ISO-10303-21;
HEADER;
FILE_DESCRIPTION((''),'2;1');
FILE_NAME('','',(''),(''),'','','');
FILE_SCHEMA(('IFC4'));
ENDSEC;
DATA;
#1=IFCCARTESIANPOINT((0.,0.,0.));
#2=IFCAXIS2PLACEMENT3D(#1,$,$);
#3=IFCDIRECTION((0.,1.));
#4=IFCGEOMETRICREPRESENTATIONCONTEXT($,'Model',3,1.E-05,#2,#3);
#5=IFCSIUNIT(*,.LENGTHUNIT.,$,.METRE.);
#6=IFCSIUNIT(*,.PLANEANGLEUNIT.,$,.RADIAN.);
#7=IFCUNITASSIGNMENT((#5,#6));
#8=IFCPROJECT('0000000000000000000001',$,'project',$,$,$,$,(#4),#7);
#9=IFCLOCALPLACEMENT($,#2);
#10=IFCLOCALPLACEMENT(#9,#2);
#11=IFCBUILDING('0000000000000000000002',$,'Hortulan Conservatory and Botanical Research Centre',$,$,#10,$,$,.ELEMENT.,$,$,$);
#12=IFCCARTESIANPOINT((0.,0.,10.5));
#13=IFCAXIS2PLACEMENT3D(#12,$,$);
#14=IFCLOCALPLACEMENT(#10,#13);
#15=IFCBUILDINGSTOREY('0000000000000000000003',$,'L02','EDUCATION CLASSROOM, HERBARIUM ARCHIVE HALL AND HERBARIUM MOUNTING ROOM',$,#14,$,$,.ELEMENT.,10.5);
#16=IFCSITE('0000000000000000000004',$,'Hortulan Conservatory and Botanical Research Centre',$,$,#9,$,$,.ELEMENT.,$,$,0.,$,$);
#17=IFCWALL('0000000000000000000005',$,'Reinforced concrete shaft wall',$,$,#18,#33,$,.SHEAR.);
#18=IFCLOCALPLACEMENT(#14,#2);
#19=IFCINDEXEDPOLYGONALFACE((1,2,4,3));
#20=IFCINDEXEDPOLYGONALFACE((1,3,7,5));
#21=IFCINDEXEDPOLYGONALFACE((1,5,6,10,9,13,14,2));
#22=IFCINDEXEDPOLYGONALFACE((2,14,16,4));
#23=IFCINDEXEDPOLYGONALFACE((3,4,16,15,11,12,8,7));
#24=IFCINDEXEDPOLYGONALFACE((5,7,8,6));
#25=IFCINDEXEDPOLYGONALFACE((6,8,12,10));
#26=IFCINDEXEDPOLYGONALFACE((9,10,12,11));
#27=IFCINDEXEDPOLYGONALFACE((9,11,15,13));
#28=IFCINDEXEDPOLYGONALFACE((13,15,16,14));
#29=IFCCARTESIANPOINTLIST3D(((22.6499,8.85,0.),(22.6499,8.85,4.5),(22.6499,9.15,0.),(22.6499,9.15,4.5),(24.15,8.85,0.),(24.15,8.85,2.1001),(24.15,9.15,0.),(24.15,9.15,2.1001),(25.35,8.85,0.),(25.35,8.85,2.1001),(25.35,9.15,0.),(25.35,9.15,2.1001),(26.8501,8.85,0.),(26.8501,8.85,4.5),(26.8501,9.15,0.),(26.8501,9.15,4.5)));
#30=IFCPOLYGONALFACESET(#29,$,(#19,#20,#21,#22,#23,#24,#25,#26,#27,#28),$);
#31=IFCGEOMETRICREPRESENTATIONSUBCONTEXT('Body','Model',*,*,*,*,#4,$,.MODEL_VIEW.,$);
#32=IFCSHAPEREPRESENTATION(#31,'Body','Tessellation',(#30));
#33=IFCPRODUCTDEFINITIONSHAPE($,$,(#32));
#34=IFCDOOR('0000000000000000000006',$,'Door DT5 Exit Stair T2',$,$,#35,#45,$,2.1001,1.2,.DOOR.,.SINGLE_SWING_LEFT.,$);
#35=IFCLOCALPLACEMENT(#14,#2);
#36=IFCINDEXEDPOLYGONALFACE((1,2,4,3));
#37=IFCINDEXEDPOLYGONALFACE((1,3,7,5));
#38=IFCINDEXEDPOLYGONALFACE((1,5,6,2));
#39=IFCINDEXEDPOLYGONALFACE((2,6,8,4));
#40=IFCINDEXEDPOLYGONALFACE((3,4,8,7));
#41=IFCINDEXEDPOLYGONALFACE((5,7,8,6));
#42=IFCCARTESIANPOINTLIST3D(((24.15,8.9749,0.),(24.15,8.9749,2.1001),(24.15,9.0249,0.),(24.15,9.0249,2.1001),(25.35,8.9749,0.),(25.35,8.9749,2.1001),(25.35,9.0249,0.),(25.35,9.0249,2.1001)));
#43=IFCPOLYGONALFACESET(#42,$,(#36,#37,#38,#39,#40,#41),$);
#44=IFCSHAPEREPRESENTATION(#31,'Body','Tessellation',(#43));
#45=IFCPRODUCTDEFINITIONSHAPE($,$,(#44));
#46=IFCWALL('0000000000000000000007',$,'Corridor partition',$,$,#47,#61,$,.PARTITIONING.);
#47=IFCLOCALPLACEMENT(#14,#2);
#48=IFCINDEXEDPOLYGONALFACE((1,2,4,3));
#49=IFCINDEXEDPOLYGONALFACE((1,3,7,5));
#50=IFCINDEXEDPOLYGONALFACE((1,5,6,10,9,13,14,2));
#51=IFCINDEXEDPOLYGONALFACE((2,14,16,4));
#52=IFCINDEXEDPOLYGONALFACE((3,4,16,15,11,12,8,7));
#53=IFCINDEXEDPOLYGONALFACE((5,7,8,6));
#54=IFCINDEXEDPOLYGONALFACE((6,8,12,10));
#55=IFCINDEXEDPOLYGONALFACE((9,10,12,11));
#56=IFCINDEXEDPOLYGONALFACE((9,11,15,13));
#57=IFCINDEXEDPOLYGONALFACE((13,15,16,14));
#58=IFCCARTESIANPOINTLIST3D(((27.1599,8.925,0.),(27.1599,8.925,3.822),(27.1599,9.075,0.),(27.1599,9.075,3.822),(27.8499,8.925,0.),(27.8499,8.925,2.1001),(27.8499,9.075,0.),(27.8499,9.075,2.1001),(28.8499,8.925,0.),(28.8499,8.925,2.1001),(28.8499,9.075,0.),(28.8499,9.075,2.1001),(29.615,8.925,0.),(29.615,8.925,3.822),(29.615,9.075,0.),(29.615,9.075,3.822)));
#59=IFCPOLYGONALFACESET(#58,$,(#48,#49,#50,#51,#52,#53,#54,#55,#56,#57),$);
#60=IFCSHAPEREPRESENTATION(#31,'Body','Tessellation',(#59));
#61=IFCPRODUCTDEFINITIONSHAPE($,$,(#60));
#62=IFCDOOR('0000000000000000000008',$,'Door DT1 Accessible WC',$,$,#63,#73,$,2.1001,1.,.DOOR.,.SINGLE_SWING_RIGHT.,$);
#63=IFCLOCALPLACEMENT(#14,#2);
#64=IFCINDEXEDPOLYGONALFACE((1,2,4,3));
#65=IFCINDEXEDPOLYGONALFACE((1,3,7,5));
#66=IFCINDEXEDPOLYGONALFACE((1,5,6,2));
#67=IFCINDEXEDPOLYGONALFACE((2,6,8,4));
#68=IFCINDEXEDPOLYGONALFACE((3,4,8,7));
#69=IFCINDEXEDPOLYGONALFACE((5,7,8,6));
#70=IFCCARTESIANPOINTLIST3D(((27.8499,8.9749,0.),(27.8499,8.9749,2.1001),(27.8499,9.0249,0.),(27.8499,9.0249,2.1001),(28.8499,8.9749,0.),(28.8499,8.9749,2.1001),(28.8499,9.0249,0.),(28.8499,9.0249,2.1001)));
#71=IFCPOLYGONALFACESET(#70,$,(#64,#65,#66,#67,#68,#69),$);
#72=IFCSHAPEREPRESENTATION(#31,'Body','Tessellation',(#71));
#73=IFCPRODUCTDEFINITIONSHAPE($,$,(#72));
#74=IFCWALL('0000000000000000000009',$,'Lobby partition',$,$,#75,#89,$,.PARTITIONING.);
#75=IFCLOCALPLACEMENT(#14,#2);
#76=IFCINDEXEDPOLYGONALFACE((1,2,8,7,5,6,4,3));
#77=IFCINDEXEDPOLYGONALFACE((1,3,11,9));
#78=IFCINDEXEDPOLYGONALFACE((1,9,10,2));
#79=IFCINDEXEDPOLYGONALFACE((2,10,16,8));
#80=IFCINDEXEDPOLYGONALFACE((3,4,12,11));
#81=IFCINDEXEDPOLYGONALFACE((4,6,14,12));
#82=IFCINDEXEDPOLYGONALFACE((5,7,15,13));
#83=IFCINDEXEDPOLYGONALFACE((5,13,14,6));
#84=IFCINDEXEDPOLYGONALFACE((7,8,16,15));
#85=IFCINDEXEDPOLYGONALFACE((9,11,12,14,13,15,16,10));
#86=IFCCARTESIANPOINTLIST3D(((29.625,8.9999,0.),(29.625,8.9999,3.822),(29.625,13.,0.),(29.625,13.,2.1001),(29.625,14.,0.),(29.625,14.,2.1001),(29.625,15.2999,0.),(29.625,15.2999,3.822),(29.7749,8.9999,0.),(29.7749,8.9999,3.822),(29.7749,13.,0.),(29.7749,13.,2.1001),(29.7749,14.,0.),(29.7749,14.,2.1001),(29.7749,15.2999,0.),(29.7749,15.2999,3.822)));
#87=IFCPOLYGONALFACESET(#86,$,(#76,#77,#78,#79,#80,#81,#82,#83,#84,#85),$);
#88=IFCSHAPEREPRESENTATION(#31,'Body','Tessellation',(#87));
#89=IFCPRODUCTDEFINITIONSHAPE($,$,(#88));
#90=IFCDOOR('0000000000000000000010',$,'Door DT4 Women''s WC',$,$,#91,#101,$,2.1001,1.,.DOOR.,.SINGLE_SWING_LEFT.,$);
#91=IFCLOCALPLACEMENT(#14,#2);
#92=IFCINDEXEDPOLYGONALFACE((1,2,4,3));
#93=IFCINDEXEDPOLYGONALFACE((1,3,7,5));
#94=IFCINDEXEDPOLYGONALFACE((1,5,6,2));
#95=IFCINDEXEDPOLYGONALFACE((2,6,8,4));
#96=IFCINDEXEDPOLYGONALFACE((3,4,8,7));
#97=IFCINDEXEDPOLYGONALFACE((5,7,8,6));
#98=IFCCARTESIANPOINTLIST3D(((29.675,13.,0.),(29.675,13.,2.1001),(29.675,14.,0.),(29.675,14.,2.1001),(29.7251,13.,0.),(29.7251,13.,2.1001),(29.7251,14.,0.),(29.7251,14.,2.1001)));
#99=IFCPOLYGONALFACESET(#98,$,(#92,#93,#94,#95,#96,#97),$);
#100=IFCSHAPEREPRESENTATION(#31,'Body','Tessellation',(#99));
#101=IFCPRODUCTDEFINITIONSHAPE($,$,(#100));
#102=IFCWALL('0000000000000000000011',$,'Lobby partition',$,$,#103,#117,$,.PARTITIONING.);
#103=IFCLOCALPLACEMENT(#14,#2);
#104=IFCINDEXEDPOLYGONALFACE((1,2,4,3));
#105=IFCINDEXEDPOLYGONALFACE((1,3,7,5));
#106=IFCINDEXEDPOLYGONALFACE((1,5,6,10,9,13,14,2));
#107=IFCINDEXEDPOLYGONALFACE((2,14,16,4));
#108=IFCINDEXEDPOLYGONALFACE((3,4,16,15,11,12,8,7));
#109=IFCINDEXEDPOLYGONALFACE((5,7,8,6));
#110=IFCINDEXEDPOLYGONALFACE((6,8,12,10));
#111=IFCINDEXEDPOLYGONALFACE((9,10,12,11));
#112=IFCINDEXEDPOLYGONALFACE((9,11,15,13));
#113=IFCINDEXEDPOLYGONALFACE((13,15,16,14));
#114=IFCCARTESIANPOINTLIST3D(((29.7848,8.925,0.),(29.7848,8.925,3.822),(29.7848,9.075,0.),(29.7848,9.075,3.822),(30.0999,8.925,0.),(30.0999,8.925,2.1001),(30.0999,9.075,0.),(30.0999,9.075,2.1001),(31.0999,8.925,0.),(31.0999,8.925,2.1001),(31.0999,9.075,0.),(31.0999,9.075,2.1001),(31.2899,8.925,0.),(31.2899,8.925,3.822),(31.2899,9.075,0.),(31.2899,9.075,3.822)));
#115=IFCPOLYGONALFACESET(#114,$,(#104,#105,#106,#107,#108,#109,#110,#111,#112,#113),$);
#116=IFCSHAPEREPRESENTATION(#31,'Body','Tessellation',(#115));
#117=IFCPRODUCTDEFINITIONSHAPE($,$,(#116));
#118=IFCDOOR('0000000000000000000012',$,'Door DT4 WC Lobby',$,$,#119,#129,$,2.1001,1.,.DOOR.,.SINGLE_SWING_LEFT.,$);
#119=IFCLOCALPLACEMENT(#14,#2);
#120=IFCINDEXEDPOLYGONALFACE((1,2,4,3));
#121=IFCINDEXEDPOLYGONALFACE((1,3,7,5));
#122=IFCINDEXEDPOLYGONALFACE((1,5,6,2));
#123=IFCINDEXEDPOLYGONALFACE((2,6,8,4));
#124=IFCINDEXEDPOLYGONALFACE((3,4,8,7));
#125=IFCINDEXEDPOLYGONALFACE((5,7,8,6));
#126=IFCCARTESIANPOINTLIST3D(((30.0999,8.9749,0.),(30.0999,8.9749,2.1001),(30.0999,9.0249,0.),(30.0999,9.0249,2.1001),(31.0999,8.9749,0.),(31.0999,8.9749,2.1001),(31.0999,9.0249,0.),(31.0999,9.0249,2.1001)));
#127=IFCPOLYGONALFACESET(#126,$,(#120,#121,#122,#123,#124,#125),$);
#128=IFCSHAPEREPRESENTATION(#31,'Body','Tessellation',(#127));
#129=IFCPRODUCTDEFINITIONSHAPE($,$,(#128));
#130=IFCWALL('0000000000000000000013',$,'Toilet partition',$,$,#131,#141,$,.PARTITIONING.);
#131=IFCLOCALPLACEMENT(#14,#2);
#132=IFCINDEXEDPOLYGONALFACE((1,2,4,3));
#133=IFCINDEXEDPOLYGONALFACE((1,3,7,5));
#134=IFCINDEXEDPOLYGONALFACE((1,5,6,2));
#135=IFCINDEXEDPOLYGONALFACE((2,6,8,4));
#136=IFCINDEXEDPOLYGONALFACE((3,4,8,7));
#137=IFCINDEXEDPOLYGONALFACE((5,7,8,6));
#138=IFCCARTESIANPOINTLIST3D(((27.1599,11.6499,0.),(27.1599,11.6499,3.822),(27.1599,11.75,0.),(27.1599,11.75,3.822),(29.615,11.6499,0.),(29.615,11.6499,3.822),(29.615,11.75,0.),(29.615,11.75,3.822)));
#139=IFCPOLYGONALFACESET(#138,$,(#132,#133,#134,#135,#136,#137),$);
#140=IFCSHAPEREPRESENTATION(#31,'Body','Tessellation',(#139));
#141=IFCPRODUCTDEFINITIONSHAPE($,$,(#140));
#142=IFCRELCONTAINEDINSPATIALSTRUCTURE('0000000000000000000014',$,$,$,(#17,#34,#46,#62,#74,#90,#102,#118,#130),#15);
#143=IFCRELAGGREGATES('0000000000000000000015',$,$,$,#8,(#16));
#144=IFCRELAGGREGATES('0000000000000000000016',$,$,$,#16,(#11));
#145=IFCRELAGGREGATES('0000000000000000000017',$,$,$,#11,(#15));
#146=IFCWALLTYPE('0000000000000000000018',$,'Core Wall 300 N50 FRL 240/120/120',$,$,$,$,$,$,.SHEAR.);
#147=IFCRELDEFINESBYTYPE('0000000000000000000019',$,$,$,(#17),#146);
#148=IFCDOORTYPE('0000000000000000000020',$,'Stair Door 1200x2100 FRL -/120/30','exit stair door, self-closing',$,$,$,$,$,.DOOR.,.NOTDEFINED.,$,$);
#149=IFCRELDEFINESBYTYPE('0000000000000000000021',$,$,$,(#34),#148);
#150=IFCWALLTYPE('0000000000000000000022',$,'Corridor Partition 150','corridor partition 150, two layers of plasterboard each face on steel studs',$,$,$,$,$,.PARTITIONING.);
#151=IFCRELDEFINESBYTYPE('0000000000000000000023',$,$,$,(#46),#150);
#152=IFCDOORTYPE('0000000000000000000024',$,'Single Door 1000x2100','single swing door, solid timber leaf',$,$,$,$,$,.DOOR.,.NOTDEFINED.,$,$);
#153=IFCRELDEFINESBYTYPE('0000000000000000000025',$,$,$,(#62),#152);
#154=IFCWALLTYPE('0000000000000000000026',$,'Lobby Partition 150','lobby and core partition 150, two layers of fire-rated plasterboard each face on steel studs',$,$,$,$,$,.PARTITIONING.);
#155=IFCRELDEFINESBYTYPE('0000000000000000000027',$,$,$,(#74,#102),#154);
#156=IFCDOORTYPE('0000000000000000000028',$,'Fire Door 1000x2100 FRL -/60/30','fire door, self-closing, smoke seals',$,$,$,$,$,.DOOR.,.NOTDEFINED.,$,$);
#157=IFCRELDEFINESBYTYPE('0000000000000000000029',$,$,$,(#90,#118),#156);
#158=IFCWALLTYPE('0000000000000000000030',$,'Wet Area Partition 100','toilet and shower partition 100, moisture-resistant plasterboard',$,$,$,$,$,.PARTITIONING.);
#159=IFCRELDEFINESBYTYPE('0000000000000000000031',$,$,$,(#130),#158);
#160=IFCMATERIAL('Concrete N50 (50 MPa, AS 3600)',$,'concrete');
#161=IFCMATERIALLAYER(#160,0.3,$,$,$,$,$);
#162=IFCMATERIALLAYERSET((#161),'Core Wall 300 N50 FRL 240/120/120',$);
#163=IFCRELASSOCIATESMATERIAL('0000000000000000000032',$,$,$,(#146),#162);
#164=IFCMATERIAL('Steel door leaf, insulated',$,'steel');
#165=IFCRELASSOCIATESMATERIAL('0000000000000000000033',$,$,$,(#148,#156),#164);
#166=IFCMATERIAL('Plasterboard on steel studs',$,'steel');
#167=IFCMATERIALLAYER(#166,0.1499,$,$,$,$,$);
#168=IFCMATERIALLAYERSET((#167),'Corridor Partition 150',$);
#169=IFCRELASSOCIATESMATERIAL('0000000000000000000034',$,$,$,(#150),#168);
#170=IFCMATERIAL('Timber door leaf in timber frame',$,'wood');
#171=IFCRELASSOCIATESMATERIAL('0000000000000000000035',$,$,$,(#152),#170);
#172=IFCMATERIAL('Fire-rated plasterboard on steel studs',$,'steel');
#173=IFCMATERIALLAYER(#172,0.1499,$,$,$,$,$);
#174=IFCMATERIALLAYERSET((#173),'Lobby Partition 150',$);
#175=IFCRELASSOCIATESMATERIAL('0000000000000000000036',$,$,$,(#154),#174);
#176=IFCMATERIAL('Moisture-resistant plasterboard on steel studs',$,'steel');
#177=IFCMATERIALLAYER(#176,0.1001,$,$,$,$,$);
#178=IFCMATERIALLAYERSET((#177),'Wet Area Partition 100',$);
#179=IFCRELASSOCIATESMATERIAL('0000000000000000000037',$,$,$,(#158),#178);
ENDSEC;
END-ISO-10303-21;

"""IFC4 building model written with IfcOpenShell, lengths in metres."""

from ifc_helpers import new_model, si_unit, direction, frame, frame_2d, origin, place, context, subcontext, project, spatial, rectangle, extrude, material, layer, layer_set, type_object, element, fill, save


model = new_model("IFC4")

# Units and contexts
model_context = context("Model", 3, precision=1e-05, world=origin(), true_north=direction((0.0, 1.0)))
body_context = subcontext(model_context, "Body", "Model", "MODEL_VIEW")
ifc_project = project(units=[si_unit("LENGTHUNIT", "METRE"), si_unit("PLANEANGLEUNIT", "RADIAN")], contexts=[model_context])

# Site, building, storey
site_placement = place(None, origin())
site = spatial("IfcSite", under=ifc_project, at=site_placement, Name="Hortulan Conservatory and Botanical Research Centre", CompositionType="ELEMENT", RefElevation=0.0)
building_placement = place(site_placement, origin())
building = spatial("IfcBuilding", under=site, at=building_placement, Name="Hortulan Conservatory and Botanical Research Centre", CompositionType="ELEMENT")
storey_placement = place(building_placement, frame((0.0, 0.0, 10.5)))
storey = spatial("IfcBuildingStorey", under=building, at=storey_placement, Name="L02", Description="EDUCATION CLASSROOM, HERBARIUM ARCHIVE HALL AND HERBARIUM MOUNTING ROOM", CompositionType="ELEMENT", Elevation=10.5)

# Shared definitions
ifc_material_1 = material(Name="Concrete N50 (50 MPa, AS 3600)", Category="concrete")
ifc_layer_1 = layer(ifc_material_1, 0.3)
ifc_layer_set_1 = layer_set([ifc_layer_1], Name="Core Wall 300 N50 FRL 240/120/120")
wall_type_1 = type_object("IfcWallType", Name="Core Wall 300 N50 FRL 240/120/120", PredefinedType="SHEAR", material=ifc_layer_set_1)

# Walls, openings, doors
wall_1_placement = place(storey_placement, frame((22.6499, 9.0, 0.0), z_axis=(0.0, 0.0, 1.0), x_axis=(1.0, 0.0, 0.0)))
wall_1 = element("IfcWall", 1, at=wall_1_placement, inside=storey, type_object=wall_type_1, Name="Reinforced concrete shaft wall", PredefinedType="SHEAR", context=body_context, shape_type="SweptSolid", body=[
    extrude(rectangle(XDim=4.2002, YDim=0.3, at=frame_2d((2.1001, 0.0))), origin(), (0.0, 0.0, 1.0), 4.5),
])
opening_1_placement = place(wall_1_placement, frame((1.5, 0.0, 0.0)))
opening_1 = element("IfcOpeningElement", 2, at=opening_1_placement, cuts=wall_1, PredefinedType="OPENING", context=body_context, shape_type="SweptSolid", body=[
    extrude(rectangle(XDim=1.2, YDim=2.1001, at=frame_2d((0.6001, 1.05))), frame((0.0, 0.1599, 0.0), z_axis=(0.0, -1.0, 0.0), x_axis=(1.0, 0.0, 0.0)), (0.0, 0.0, 1.0), 0.3201),
])
ifc_material_2 = material(Name="Steel door leaf, insulated", Category="steel")
door_type_1 = type_object("IfcDoorType", Name="Stair Door 1200x2100 FRL -/120/30", Description="exit stair door, self-closing", OperationType="NOTDEFINED", PredefinedType="DOOR", material=ifc_material_2)
door_1_placement = place(opening_1_placement, origin())
door_1 = element("IfcDoor", 3, at=door_1_placement, inside=storey, type_object=door_type_1, Name="Door DT5 Exit Stair T2", OperationType="SINGLE_SWING_LEFT", OverallHeight=2.1001, OverallWidth=1.2, PredefinedType="DOOR", context=body_context, shape_type="SweptSolid", body=[
    extrude(rectangle(XDim=1.2, YDim=2.1001, at=frame_2d((0.6001, 1.05))), frame((0.0, 0.0249, 0.0), z_axis=(0.0, -1.0, 0.0), x_axis=(1.0, 0.0, 0.0)), (0.0, 0.0, 1.0), 0.05),
])
fill(opening_1, door_1)
ifc_material_3 = material(Name="Plasterboard on steel studs", Category="steel")
ifc_layer_2 = layer(ifc_material_3, 0.1499)
ifc_layer_set_2 = layer_set([ifc_layer_2], Name="Corridor Partition 150")
wall_type_2 = type_object("IfcWallType", Name="Corridor Partition 150", Description="corridor partition 150, two layers of plasterboard each face on steel studs", PredefinedType="PARTITIONING", material=ifc_layer_set_2)
wall_2_placement = place(storey_placement, frame((27.1599, 9.0, 0.0), z_axis=(0.0, 0.0, 1.0), x_axis=(1.0, 0.0, 0.0)))
wall_2 = element("IfcWall", 4, at=wall_2_placement, inside=storey, type_object=wall_type_2, Name="Corridor partition", PredefinedType="PARTITIONING", context=body_context, shape_type="SweptSolid", body=[
    extrude(rectangle(XDim=2.4551, YDim=0.1499, at=frame_2d((1.2275, 0.0))), origin(), (0.0, 0.0, 1.0), 3.822),
])
opening_2_placement = place(wall_2_placement, frame((0.6899, 0.0, 0.0)))
opening_2 = element("IfcOpeningElement", 5, at=opening_2_placement, cuts=wall_2, PredefinedType="OPENING", context=body_context, shape_type="SweptSolid", body=[
    extrude(rectangle(XDim=1.0, YDim=2.1001, at=frame_2d((0.5, 1.05))), frame((0.0, 0.085, 0.0), z_axis=(0.0, -1.0, 0.0), x_axis=(1.0, 0.0, 0.0)), (0.0, 0.0, 1.0), 0.1699),
])
ifc_material_4 = material(Name="Timber door leaf in timber frame", Category="wood")
door_type_2 = type_object("IfcDoorType", Name="Single Door 1000x2100", Description="single swing door, solid timber leaf", OperationType="NOTDEFINED", PredefinedType="DOOR", material=ifc_material_4)
door_2_placement = place(opening_2_placement, origin())
door_2 = element("IfcDoor", 6, at=door_2_placement, inside=storey, type_object=door_type_2, Name="Door DT1 Accessible WC", OperationType="SINGLE_SWING_RIGHT", OverallHeight=2.1001, OverallWidth=1.0, PredefinedType="DOOR", context=body_context, shape_type="SweptSolid", body=[
    extrude(rectangle(XDim=1.0, YDim=2.1001, at=frame_2d((0.5, 1.05))), frame((0.0, 0.0249, 0.0), z_axis=(0.0, -1.0, 0.0), x_axis=(1.0, 0.0, 0.0)), (0.0, 0.0, 1.0), 0.05),
])
fill(opening_2, door_2)
ifc_material_5 = material(Name="Fire-rated plasterboard on steel studs", Category="steel")
ifc_layer_3 = layer(ifc_material_5, 0.1499)
ifc_layer_set_3 = layer_set([ifc_layer_3], Name="Lobby Partition 150")
wall_type_3 = type_object("IfcWallType", Name="Lobby Partition 150", Description="lobby and core partition 150, two layers of fire-rated plasterboard each face on steel studs", PredefinedType="PARTITIONING", material=ifc_layer_set_3)
wall_3_placement = place(storey_placement, frame((29.7, 9.0, 0.0), z_axis=(0.0, 0.0, 1.0), x_axis=(0.0, 1.0, 0.0)))
wall_3 = element("IfcWall", 7, at=wall_3_placement, inside=storey, type_object=wall_type_3, Name="Lobby partition", PredefinedType="PARTITIONING", context=body_context, shape_type="SweptSolid", body=[
    extrude(rectangle(XDim=6.3, YDim=0.1499, at=frame_2d((3.1499, 0.0))), origin(), (0.0, 0.0, 1.0), 3.822),
])
opening_3_placement = place(wall_3_placement, frame((4.0, 0.0, 0.0)))
opening_3 = element("IfcOpeningElement", 8, at=opening_3_placement, cuts=wall_3, PredefinedType="OPENING", context=body_context, shape_type="SweptSolid", body=[
    extrude(rectangle(XDim=1.0, YDim=2.1001, at=frame_2d((0.5, 1.05))), frame((0.0, 0.085, 0.0), z_axis=(0.0, -1.0, 0.0), x_axis=(1.0, 0.0, 0.0)), (0.0, 0.0, 1.0), 0.1699),
])
door_type_3 = type_object("IfcDoorType", Name="Fire Door 1000x2100 FRL -/60/30", Description="fire door, self-closing, smoke seals", OperationType="NOTDEFINED", PredefinedType="DOOR", material=ifc_material_2)
door_3_placement = place(opening_3_placement, origin())
door_3 = element("IfcDoor", 9, at=door_3_placement, inside=storey, type_object=door_type_3, Name="Door DT4 Women's WC", OperationType="SINGLE_SWING_LEFT", OverallHeight=2.1001, OverallWidth=1.0, PredefinedType="DOOR", context=body_context, shape_type="SweptSolid", body=[
    extrude(rectangle(XDim=1.0, YDim=2.1001, at=frame_2d((0.5, 1.05))), frame((0.0, 0.0249, 0.0), z_axis=(0.0, -1.0, 0.0), x_axis=(1.0, 0.0, 0.0)), (0.0, 0.0, 1.0), 0.05),
])
fill(opening_3, door_3)
wall_4_placement = place(storey_placement, frame((29.7849, 9.0, 0.0), z_axis=(0.0, 0.0, 1.0), x_axis=(1.0, 0.0, 0.0)))
wall_4 = element("IfcWall", 10, at=wall_4_placement, inside=storey, type_object=wall_type_3, Name="Lobby partition", PredefinedType="PARTITIONING", context=body_context, shape_type="SweptSolid", body=[
    extrude(rectangle(XDim=1.5051, YDim=0.1499, at=frame_2d((0.7524, 0.0))), origin(), (0.0, 0.0, 1.0), 3.822),
])
opening_4_placement = place(wall_4_placement, frame((0.3149, 0.0, 0.0)))
opening_4 = element("IfcOpeningElement", 11, at=opening_4_placement, cuts=wall_4, PredefinedType="OPENING", context=body_context, shape_type="SweptSolid", body=[
    extrude(rectangle(XDim=1.0, YDim=2.1001, at=frame_2d((0.5, 1.05))), frame((0.0, 0.085, 0.0), z_axis=(0.0, -1.0, 0.0), x_axis=(1.0, 0.0, 0.0)), (0.0, 0.0, 1.0), 0.1699),
])
door_4_placement = place(opening_4_placement, origin())
door_4 = element("IfcDoor", 12, at=door_4_placement, inside=storey, type_object=door_type_3, Name="Door DT4 WC Lobby", OperationType="SINGLE_SWING_LEFT", OverallHeight=2.1001, OverallWidth=1.0, PredefinedType="DOOR", context=body_context, shape_type="SweptSolid", body=[
    extrude(rectangle(XDim=1.0, YDim=2.1001, at=frame_2d((0.5, 1.05))), frame((0.0, 0.0249, 0.0), z_axis=(0.0, -1.0, 0.0), x_axis=(1.0, 0.0, 0.0)), (0.0, 0.0, 1.0), 0.05),
])
fill(opening_4, door_4)

# Wall
ifc_material_6 = material(Name="Moisture-resistant plasterboard on steel studs", Category="steel")
ifc_layer_4 = layer(ifc_material_6, 0.1001)
ifc_layer_set_4 = layer_set([ifc_layer_4], Name="Wet Area Partition 100")
wall_type_4 = type_object("IfcWallType", Name="Wet Area Partition 100", Description="toilet and shower partition 100, moisture-resistant plasterboard", PredefinedType="PARTITIONING", material=ifc_layer_set_4)
wall_5_placement = place(storey_placement, frame((27.1599, 11.7, 0.0), z_axis=(0.0, 0.0, 1.0), x_axis=(1.0, 0.0, 0.0)))
element("IfcWall", 13, at=wall_5_placement, inside=storey, type_object=wall_type_4, Name="Toilet partition", PredefinedType="PARTITIONING", context=body_context, shape_type="SweptSolid", body=[
    extrude(rectangle(XDim=2.4551, YDim=0.1001, at=frame_2d((1.2275, 0.0))), origin(), (0.0, 0.0, 1.0), 3.822),
])

save(model, "model.ifc")
